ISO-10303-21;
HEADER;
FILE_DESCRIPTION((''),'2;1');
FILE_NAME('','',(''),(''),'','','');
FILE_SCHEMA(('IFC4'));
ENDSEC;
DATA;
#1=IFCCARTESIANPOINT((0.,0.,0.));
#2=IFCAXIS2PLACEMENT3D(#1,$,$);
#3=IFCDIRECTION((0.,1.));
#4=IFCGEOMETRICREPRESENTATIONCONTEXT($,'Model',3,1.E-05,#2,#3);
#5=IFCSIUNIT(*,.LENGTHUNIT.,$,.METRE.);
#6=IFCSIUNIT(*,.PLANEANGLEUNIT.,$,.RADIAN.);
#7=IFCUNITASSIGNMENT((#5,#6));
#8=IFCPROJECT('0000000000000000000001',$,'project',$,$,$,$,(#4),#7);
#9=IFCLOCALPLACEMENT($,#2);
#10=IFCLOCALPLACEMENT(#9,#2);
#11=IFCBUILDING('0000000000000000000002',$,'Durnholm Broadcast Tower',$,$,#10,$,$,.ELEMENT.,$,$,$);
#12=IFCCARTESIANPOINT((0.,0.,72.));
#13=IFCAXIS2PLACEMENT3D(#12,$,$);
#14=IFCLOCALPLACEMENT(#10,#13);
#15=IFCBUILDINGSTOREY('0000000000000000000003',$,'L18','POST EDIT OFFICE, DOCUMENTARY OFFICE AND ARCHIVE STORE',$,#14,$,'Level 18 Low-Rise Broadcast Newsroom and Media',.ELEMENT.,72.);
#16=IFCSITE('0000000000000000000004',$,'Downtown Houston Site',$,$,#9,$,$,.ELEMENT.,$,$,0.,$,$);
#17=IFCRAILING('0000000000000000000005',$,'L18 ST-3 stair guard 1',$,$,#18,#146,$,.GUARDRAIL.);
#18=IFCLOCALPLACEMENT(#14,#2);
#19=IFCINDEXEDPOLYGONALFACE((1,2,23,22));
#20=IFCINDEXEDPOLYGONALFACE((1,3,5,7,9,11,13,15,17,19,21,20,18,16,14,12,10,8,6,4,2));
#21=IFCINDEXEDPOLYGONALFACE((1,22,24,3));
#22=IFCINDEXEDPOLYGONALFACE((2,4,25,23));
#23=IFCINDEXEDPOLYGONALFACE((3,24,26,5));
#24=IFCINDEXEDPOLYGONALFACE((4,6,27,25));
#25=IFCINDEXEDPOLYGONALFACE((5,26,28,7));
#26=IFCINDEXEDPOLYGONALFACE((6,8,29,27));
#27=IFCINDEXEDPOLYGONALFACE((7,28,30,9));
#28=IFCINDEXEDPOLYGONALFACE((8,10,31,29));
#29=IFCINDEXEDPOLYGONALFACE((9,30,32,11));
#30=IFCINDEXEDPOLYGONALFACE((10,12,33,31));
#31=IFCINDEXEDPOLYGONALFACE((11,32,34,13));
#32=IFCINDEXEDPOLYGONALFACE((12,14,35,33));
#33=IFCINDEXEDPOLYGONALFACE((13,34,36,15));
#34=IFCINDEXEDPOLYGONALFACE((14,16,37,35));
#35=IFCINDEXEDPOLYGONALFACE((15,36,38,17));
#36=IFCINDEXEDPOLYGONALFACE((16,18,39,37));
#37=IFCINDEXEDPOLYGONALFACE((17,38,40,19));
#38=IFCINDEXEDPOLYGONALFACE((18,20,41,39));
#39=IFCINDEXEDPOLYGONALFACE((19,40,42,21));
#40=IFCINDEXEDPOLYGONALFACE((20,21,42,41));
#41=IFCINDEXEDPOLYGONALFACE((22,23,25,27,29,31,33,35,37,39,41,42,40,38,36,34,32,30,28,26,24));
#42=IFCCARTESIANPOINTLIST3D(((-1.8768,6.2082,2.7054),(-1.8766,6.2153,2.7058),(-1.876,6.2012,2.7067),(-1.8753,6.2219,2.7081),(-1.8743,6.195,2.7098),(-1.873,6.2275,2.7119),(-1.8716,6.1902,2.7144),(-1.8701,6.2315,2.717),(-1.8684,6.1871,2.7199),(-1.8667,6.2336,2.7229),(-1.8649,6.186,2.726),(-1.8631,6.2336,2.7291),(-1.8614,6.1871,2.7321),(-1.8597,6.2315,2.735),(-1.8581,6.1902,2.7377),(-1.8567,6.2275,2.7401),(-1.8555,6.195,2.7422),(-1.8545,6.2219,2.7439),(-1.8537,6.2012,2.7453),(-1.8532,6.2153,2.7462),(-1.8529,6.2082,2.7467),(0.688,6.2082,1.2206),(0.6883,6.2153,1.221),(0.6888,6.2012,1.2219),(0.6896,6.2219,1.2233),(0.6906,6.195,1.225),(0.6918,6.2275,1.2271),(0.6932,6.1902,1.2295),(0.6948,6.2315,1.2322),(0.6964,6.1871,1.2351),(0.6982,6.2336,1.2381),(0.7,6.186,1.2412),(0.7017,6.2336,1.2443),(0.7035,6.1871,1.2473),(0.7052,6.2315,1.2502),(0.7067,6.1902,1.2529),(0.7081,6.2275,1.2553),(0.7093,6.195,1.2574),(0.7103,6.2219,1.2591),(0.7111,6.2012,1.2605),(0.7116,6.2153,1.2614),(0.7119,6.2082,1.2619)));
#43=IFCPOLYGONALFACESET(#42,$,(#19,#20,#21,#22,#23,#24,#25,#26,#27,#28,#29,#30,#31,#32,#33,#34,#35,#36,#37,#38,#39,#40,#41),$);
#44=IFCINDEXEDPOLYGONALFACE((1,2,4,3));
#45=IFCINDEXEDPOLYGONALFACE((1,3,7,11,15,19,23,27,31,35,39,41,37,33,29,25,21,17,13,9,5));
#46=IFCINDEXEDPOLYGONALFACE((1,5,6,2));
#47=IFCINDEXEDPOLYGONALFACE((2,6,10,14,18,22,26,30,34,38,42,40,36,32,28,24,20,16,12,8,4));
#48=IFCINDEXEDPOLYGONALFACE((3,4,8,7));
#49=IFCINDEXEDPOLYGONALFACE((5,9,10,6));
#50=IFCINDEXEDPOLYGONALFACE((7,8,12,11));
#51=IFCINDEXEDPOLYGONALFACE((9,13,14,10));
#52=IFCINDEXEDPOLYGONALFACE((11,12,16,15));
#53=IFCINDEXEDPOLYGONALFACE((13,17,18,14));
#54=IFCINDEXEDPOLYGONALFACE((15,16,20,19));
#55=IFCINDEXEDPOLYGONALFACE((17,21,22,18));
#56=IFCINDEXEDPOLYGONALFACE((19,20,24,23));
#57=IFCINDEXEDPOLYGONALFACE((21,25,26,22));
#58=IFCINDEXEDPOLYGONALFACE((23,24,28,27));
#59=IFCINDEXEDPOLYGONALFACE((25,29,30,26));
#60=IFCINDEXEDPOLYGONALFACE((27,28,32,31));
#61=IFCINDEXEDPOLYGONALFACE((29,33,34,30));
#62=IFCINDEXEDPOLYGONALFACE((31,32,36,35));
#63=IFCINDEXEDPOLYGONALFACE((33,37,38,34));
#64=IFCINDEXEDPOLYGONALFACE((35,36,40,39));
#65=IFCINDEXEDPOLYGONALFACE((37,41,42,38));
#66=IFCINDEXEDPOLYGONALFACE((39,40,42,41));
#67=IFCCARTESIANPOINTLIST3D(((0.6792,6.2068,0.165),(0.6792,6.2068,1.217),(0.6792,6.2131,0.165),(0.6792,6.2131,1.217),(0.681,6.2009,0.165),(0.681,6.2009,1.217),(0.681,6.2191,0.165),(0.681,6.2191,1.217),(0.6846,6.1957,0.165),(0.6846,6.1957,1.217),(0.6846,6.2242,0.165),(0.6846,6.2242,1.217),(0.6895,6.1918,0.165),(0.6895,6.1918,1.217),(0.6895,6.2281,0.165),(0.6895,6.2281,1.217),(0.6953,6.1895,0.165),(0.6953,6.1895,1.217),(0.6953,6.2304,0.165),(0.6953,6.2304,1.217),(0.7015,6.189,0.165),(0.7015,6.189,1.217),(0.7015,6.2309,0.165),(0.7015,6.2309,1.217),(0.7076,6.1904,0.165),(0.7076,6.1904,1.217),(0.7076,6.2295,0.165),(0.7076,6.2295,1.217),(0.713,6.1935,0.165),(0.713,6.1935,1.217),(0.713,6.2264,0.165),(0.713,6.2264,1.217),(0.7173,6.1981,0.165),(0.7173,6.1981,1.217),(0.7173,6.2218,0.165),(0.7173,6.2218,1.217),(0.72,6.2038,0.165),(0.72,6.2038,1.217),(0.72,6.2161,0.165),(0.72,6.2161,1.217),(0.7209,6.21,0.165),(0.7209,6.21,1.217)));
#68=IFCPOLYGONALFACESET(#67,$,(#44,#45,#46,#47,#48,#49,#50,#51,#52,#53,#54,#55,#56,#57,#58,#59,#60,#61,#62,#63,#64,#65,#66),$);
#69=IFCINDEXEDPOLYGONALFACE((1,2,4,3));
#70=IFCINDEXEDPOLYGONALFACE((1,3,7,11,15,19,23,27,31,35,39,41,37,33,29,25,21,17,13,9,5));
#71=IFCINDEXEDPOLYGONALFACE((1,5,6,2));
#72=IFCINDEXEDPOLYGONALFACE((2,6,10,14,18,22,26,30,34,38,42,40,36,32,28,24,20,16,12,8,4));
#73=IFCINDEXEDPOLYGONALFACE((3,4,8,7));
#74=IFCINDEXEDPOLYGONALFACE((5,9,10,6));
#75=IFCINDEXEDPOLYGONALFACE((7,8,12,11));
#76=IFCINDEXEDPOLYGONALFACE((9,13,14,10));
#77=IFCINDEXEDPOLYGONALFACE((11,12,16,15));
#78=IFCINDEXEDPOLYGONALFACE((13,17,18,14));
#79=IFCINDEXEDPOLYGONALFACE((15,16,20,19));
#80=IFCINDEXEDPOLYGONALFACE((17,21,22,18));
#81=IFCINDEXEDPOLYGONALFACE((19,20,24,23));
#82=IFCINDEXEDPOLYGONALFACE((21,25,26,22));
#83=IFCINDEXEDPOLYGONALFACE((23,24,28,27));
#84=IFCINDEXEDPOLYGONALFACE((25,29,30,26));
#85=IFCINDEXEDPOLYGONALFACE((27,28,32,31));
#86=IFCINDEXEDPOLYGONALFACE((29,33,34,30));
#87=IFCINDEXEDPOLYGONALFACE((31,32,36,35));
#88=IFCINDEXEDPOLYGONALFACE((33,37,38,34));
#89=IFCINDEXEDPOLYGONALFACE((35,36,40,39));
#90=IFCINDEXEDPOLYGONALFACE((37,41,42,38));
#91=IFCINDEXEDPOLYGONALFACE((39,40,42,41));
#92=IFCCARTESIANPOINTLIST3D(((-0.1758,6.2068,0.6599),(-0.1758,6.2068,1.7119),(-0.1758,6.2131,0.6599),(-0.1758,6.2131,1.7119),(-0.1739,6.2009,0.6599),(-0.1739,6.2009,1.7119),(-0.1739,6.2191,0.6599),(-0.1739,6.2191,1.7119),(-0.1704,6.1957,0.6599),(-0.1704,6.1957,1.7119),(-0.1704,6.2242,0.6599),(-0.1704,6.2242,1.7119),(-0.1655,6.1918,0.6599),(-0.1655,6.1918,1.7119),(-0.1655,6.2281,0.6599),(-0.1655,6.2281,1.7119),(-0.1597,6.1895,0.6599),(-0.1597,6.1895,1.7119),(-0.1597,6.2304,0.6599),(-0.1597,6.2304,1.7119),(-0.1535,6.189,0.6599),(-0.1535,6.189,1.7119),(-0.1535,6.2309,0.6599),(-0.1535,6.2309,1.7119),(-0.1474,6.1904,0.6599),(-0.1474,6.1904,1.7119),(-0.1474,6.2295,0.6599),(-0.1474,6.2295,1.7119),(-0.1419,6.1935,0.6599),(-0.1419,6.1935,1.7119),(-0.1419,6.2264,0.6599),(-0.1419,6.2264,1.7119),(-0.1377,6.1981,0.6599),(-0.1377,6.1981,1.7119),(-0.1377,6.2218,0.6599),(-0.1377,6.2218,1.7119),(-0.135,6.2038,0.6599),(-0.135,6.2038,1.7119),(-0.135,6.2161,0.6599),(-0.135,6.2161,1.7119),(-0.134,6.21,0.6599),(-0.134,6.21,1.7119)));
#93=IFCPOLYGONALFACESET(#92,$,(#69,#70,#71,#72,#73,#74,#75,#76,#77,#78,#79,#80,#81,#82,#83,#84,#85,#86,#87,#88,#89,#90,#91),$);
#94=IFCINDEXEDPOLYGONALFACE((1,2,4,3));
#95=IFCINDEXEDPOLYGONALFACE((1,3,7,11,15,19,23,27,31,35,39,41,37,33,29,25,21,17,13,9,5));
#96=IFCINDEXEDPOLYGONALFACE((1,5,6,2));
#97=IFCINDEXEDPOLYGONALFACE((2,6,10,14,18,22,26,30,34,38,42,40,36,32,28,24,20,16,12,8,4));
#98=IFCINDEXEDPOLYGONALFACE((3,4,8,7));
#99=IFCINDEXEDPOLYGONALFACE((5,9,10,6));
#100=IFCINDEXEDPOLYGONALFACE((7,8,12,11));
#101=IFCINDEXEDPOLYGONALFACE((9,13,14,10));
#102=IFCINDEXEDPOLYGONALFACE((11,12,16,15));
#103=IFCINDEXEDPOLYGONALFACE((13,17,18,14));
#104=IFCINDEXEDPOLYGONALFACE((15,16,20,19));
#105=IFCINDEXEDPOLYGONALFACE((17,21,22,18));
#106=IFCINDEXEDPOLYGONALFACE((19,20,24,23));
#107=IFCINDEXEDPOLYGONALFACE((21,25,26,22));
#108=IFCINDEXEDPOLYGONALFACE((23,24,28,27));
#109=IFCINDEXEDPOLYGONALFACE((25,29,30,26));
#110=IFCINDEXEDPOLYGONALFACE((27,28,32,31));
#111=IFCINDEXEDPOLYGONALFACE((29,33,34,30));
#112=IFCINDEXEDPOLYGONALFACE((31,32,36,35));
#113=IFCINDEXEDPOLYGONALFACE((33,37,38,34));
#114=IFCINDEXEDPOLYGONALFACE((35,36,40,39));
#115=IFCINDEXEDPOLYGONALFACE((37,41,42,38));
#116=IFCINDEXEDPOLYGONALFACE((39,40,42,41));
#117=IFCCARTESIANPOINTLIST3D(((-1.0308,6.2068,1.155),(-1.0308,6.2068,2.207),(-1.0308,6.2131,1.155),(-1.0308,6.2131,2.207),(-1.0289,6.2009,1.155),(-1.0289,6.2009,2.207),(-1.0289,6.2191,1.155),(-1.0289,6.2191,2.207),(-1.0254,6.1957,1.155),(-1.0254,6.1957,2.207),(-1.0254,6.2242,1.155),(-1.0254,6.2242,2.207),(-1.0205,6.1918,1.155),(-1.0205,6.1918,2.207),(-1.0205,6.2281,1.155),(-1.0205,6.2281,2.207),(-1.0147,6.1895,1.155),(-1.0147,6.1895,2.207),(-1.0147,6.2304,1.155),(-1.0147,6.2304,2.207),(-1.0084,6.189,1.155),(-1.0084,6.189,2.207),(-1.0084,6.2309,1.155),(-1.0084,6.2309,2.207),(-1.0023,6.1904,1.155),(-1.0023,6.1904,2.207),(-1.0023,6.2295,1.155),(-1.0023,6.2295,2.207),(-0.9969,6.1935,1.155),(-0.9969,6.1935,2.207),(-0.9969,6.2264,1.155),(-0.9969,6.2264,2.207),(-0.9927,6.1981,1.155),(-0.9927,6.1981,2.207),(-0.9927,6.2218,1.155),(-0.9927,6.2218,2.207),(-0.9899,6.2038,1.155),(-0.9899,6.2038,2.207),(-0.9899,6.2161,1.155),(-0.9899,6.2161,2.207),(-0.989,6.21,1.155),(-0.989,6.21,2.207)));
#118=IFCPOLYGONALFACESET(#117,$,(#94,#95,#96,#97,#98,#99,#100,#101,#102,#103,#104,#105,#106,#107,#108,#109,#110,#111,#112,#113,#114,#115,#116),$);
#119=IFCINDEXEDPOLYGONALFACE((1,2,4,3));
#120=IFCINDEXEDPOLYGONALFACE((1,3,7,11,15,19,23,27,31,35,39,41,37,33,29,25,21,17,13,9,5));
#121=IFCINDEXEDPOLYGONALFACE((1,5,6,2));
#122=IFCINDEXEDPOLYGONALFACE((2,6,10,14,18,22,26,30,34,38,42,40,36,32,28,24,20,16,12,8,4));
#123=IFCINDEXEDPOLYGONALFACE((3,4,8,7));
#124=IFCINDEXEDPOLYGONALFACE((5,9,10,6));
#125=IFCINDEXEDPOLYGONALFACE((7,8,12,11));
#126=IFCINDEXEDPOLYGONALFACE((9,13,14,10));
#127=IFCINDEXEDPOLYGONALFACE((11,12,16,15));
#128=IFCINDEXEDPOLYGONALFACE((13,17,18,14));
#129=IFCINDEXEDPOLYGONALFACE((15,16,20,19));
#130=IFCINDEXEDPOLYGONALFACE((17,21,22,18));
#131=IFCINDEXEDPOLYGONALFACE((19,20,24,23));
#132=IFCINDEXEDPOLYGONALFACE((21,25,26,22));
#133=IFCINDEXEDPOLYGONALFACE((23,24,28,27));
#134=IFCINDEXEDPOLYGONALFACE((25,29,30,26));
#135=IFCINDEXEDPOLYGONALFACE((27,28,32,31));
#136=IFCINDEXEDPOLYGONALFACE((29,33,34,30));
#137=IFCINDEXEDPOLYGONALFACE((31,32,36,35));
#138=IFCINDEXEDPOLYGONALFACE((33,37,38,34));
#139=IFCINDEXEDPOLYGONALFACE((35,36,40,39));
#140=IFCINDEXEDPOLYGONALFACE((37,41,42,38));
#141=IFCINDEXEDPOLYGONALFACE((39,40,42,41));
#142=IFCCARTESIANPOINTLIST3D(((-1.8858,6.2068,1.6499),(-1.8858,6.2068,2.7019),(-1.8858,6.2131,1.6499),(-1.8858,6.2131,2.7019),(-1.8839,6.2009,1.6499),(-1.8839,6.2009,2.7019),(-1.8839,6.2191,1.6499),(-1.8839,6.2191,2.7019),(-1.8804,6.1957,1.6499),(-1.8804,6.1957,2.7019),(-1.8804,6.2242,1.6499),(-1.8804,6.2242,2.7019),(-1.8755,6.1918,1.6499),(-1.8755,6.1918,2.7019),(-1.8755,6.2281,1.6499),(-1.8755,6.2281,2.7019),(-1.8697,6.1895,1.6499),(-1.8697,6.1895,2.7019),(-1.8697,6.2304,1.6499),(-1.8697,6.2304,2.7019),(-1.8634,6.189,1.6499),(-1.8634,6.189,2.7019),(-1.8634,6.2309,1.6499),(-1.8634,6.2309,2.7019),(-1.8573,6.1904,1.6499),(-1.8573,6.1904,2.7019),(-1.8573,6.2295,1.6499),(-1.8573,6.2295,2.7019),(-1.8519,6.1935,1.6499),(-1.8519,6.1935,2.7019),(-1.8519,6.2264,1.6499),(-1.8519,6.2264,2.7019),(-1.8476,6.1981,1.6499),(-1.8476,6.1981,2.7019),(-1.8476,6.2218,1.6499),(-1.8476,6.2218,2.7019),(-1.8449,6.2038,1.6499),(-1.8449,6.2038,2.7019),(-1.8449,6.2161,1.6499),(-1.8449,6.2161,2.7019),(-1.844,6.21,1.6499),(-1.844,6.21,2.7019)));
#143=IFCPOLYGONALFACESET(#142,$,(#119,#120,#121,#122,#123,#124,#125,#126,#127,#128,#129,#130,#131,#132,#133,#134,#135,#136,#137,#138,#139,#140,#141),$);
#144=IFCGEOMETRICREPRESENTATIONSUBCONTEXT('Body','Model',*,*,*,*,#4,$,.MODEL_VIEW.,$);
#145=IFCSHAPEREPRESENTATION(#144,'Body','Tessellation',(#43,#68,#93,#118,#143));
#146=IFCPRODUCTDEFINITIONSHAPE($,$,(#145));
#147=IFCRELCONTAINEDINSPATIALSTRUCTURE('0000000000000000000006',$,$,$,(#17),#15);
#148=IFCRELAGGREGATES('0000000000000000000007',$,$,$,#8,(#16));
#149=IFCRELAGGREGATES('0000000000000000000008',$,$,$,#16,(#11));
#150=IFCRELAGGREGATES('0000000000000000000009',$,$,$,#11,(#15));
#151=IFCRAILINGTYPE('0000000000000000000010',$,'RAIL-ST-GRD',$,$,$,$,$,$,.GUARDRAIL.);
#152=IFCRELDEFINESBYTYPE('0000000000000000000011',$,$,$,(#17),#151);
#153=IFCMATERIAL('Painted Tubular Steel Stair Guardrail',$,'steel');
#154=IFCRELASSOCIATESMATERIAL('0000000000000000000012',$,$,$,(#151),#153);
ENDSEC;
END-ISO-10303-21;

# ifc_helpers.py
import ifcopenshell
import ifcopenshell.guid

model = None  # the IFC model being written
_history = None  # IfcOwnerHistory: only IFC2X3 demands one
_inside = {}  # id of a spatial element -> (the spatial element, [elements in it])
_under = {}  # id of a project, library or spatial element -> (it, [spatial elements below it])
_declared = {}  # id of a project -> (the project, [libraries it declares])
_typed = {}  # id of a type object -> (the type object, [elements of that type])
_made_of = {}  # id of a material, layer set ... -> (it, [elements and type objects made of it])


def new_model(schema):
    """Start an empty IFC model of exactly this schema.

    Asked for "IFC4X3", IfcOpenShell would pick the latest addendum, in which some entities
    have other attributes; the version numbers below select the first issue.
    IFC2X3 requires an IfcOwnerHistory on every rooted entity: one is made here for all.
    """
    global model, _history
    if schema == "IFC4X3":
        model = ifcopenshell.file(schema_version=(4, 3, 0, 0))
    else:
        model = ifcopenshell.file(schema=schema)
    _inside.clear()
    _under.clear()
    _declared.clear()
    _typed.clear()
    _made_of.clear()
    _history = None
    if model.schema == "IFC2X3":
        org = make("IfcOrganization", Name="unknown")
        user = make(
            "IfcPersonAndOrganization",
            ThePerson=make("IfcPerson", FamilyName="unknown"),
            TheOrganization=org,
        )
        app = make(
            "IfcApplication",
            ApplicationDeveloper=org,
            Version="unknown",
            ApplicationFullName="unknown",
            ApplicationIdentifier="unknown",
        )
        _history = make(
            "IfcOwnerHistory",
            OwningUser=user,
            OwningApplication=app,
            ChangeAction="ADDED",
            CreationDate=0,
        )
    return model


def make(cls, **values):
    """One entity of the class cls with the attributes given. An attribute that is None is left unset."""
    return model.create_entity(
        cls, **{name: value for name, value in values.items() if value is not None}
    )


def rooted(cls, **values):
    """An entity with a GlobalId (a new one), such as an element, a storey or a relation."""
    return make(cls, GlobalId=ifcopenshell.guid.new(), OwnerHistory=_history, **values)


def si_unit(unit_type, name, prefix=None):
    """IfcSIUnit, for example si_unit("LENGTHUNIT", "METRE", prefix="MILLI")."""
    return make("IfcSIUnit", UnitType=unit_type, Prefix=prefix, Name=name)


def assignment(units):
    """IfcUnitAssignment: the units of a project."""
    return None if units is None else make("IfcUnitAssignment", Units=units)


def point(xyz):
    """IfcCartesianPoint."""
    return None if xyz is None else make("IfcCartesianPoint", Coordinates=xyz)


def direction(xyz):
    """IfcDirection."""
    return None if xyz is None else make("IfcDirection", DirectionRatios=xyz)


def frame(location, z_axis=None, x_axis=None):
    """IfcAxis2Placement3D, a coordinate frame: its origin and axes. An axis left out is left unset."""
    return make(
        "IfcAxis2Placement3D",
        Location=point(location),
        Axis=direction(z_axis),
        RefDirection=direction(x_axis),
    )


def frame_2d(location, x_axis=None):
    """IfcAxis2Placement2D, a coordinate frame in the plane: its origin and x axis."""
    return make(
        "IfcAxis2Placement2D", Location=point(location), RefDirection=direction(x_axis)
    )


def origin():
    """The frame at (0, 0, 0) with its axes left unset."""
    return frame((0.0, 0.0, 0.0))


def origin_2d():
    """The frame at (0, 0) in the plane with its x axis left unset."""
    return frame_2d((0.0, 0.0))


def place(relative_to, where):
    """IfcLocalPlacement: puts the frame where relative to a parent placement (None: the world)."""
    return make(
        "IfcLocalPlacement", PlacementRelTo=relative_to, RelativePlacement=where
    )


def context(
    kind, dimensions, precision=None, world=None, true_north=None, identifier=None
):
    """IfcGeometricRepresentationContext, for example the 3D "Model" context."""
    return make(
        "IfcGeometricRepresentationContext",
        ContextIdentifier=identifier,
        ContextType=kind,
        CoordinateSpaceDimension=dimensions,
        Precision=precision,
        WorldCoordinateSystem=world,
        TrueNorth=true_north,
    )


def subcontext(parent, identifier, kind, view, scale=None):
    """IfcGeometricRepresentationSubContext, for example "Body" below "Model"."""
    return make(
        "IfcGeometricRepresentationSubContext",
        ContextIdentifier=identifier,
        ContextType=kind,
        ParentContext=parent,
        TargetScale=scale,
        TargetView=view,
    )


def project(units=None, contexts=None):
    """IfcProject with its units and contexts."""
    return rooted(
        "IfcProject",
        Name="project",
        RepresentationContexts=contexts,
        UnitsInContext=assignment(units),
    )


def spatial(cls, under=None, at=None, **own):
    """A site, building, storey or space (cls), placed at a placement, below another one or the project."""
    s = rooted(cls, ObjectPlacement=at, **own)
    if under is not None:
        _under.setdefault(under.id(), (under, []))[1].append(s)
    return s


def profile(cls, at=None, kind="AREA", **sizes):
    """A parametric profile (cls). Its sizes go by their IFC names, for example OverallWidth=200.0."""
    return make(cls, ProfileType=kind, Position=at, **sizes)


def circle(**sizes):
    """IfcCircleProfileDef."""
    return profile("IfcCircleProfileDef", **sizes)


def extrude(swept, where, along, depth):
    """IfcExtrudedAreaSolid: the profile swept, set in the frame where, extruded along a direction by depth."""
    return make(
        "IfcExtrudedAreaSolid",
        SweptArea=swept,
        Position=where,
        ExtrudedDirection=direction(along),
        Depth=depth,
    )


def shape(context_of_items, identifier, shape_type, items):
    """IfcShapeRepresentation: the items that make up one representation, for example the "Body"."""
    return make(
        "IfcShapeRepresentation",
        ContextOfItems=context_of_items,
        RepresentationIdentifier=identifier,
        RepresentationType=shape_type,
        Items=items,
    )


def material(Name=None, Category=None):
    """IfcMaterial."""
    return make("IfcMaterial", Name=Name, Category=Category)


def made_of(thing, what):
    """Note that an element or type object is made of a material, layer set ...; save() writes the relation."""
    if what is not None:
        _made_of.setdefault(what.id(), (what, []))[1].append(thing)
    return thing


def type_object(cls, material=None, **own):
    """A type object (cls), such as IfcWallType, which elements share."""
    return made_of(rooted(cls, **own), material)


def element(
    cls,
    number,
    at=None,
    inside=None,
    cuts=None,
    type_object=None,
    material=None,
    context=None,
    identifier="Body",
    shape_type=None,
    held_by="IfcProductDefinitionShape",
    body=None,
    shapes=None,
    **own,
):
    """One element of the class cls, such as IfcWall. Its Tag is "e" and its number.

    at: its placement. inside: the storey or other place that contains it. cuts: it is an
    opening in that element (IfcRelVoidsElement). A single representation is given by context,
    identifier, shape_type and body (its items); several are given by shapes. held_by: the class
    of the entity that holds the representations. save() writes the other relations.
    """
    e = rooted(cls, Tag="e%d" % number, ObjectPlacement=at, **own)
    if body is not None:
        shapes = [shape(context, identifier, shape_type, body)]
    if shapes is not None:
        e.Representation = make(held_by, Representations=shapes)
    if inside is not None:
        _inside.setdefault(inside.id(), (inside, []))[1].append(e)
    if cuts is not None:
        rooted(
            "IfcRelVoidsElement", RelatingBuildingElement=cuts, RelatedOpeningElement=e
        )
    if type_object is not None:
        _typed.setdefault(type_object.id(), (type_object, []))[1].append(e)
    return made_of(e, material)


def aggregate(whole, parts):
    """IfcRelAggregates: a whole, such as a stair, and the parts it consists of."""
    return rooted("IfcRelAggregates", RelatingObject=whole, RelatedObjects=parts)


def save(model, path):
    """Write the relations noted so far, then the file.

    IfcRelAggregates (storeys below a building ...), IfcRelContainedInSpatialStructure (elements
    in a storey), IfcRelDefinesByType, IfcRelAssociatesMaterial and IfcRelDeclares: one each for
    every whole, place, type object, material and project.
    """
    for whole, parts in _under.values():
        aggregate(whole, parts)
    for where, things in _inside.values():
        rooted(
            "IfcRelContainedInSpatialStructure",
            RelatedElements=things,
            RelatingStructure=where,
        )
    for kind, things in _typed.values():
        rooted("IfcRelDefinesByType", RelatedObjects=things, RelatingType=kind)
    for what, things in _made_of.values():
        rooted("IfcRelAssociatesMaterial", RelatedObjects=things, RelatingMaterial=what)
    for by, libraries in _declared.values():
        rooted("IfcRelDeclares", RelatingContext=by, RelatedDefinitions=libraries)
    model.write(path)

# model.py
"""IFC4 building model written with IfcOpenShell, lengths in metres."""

from ifc_helpers import new_model, si_unit, direction, frame, origin, origin_2d, place, context, subcontext, project, spatial, circle, extrude, material, type_object, element, save


model = new_model("IFC4")

# Units and contexts
model_context = context("Model", 3, precision=1e-05, world=origin(), true_north=direction((0.0, 1.0)))
body_context = subcontext(model_context, "Body", "Model", "MODEL_VIEW")
ifc_project = project(units=[si_unit("LENGTHUNIT", "METRE"), si_unit("PLANEANGLEUNIT", "RADIAN")], contexts=[model_context])

# Site, building, storey
site_placement = place(None, origin())
site = spatial("IfcSite", under=ifc_project, at=site_placement, Name="Downtown Houston Site", CompositionType="ELEMENT", RefElevation=0.0)
building_placement = place(site_placement, origin())
building = spatial("IfcBuilding", under=site, at=building_placement, Name="Durnholm Broadcast Tower", CompositionType="ELEMENT")
storey_placement = place(building_placement, frame((0.0, 0.0, 72.0)))
storey = spatial("IfcBuildingStorey", under=building, at=storey_placement, Name="L18", Description="POST EDIT OFFICE, DOCUMENTARY OFFICE AND ARCHIVE STORE", LongName="Level 18 Low-Rise Broadcast Newsroom and Media", CompositionType="ELEMENT", Elevation=72.0)

# Railing
ifc_material_1 = material(Name="Painted Tubular Steel Stair Guardrail", Category="steel")
railing_type_1 = type_object("IfcRailingType", Name="RAIL-ST-GRD", PredefinedType="GUARDRAIL", material=ifc_material_1)
railing_1_placement = place(storey_placement, frame((0.7, 6.21, 0.165)))
element("IfcRailing", 1, at=railing_1_placement, inside=storey, type_object=railing_type_1, Name="L18 ST-3 stair guard 1", PredefinedType="GUARDRAIL", context=body_context, shape_type="SweptSolid", body=[
    extrude(circle(Radius=0.0239, at=origin_2d()), frame((0.0, 0.0, 1.0762), z_axis=(-0.865441, 0.0, 0.50101), x_axis=(0.0, -1.0, 0.0)), (0.0, 0.0, 1.0), 2.9636),
    extrude(circle(Radius=0.021, at=origin_2d()), origin(), (0.0, 0.0, 1.0), 1.052),
    extrude(circle(Radius=0.021, at=origin_2d()), frame((-0.855, 0.0, 0.4949)), (0.0, 0.0, 1.0), 1.052),
    extrude(circle(Radius=0.021, at=origin_2d()), frame((-1.71, 0.0, 0.99)), (0.0, 0.0, 1.0), 1.052),
    extrude(circle(Radius=0.021, at=origin_2d()), frame((-2.5649, 0.0, 1.4849)), (0.0, 0.0, 1.0), 1.052),
])

save(model, "model.ifc")
